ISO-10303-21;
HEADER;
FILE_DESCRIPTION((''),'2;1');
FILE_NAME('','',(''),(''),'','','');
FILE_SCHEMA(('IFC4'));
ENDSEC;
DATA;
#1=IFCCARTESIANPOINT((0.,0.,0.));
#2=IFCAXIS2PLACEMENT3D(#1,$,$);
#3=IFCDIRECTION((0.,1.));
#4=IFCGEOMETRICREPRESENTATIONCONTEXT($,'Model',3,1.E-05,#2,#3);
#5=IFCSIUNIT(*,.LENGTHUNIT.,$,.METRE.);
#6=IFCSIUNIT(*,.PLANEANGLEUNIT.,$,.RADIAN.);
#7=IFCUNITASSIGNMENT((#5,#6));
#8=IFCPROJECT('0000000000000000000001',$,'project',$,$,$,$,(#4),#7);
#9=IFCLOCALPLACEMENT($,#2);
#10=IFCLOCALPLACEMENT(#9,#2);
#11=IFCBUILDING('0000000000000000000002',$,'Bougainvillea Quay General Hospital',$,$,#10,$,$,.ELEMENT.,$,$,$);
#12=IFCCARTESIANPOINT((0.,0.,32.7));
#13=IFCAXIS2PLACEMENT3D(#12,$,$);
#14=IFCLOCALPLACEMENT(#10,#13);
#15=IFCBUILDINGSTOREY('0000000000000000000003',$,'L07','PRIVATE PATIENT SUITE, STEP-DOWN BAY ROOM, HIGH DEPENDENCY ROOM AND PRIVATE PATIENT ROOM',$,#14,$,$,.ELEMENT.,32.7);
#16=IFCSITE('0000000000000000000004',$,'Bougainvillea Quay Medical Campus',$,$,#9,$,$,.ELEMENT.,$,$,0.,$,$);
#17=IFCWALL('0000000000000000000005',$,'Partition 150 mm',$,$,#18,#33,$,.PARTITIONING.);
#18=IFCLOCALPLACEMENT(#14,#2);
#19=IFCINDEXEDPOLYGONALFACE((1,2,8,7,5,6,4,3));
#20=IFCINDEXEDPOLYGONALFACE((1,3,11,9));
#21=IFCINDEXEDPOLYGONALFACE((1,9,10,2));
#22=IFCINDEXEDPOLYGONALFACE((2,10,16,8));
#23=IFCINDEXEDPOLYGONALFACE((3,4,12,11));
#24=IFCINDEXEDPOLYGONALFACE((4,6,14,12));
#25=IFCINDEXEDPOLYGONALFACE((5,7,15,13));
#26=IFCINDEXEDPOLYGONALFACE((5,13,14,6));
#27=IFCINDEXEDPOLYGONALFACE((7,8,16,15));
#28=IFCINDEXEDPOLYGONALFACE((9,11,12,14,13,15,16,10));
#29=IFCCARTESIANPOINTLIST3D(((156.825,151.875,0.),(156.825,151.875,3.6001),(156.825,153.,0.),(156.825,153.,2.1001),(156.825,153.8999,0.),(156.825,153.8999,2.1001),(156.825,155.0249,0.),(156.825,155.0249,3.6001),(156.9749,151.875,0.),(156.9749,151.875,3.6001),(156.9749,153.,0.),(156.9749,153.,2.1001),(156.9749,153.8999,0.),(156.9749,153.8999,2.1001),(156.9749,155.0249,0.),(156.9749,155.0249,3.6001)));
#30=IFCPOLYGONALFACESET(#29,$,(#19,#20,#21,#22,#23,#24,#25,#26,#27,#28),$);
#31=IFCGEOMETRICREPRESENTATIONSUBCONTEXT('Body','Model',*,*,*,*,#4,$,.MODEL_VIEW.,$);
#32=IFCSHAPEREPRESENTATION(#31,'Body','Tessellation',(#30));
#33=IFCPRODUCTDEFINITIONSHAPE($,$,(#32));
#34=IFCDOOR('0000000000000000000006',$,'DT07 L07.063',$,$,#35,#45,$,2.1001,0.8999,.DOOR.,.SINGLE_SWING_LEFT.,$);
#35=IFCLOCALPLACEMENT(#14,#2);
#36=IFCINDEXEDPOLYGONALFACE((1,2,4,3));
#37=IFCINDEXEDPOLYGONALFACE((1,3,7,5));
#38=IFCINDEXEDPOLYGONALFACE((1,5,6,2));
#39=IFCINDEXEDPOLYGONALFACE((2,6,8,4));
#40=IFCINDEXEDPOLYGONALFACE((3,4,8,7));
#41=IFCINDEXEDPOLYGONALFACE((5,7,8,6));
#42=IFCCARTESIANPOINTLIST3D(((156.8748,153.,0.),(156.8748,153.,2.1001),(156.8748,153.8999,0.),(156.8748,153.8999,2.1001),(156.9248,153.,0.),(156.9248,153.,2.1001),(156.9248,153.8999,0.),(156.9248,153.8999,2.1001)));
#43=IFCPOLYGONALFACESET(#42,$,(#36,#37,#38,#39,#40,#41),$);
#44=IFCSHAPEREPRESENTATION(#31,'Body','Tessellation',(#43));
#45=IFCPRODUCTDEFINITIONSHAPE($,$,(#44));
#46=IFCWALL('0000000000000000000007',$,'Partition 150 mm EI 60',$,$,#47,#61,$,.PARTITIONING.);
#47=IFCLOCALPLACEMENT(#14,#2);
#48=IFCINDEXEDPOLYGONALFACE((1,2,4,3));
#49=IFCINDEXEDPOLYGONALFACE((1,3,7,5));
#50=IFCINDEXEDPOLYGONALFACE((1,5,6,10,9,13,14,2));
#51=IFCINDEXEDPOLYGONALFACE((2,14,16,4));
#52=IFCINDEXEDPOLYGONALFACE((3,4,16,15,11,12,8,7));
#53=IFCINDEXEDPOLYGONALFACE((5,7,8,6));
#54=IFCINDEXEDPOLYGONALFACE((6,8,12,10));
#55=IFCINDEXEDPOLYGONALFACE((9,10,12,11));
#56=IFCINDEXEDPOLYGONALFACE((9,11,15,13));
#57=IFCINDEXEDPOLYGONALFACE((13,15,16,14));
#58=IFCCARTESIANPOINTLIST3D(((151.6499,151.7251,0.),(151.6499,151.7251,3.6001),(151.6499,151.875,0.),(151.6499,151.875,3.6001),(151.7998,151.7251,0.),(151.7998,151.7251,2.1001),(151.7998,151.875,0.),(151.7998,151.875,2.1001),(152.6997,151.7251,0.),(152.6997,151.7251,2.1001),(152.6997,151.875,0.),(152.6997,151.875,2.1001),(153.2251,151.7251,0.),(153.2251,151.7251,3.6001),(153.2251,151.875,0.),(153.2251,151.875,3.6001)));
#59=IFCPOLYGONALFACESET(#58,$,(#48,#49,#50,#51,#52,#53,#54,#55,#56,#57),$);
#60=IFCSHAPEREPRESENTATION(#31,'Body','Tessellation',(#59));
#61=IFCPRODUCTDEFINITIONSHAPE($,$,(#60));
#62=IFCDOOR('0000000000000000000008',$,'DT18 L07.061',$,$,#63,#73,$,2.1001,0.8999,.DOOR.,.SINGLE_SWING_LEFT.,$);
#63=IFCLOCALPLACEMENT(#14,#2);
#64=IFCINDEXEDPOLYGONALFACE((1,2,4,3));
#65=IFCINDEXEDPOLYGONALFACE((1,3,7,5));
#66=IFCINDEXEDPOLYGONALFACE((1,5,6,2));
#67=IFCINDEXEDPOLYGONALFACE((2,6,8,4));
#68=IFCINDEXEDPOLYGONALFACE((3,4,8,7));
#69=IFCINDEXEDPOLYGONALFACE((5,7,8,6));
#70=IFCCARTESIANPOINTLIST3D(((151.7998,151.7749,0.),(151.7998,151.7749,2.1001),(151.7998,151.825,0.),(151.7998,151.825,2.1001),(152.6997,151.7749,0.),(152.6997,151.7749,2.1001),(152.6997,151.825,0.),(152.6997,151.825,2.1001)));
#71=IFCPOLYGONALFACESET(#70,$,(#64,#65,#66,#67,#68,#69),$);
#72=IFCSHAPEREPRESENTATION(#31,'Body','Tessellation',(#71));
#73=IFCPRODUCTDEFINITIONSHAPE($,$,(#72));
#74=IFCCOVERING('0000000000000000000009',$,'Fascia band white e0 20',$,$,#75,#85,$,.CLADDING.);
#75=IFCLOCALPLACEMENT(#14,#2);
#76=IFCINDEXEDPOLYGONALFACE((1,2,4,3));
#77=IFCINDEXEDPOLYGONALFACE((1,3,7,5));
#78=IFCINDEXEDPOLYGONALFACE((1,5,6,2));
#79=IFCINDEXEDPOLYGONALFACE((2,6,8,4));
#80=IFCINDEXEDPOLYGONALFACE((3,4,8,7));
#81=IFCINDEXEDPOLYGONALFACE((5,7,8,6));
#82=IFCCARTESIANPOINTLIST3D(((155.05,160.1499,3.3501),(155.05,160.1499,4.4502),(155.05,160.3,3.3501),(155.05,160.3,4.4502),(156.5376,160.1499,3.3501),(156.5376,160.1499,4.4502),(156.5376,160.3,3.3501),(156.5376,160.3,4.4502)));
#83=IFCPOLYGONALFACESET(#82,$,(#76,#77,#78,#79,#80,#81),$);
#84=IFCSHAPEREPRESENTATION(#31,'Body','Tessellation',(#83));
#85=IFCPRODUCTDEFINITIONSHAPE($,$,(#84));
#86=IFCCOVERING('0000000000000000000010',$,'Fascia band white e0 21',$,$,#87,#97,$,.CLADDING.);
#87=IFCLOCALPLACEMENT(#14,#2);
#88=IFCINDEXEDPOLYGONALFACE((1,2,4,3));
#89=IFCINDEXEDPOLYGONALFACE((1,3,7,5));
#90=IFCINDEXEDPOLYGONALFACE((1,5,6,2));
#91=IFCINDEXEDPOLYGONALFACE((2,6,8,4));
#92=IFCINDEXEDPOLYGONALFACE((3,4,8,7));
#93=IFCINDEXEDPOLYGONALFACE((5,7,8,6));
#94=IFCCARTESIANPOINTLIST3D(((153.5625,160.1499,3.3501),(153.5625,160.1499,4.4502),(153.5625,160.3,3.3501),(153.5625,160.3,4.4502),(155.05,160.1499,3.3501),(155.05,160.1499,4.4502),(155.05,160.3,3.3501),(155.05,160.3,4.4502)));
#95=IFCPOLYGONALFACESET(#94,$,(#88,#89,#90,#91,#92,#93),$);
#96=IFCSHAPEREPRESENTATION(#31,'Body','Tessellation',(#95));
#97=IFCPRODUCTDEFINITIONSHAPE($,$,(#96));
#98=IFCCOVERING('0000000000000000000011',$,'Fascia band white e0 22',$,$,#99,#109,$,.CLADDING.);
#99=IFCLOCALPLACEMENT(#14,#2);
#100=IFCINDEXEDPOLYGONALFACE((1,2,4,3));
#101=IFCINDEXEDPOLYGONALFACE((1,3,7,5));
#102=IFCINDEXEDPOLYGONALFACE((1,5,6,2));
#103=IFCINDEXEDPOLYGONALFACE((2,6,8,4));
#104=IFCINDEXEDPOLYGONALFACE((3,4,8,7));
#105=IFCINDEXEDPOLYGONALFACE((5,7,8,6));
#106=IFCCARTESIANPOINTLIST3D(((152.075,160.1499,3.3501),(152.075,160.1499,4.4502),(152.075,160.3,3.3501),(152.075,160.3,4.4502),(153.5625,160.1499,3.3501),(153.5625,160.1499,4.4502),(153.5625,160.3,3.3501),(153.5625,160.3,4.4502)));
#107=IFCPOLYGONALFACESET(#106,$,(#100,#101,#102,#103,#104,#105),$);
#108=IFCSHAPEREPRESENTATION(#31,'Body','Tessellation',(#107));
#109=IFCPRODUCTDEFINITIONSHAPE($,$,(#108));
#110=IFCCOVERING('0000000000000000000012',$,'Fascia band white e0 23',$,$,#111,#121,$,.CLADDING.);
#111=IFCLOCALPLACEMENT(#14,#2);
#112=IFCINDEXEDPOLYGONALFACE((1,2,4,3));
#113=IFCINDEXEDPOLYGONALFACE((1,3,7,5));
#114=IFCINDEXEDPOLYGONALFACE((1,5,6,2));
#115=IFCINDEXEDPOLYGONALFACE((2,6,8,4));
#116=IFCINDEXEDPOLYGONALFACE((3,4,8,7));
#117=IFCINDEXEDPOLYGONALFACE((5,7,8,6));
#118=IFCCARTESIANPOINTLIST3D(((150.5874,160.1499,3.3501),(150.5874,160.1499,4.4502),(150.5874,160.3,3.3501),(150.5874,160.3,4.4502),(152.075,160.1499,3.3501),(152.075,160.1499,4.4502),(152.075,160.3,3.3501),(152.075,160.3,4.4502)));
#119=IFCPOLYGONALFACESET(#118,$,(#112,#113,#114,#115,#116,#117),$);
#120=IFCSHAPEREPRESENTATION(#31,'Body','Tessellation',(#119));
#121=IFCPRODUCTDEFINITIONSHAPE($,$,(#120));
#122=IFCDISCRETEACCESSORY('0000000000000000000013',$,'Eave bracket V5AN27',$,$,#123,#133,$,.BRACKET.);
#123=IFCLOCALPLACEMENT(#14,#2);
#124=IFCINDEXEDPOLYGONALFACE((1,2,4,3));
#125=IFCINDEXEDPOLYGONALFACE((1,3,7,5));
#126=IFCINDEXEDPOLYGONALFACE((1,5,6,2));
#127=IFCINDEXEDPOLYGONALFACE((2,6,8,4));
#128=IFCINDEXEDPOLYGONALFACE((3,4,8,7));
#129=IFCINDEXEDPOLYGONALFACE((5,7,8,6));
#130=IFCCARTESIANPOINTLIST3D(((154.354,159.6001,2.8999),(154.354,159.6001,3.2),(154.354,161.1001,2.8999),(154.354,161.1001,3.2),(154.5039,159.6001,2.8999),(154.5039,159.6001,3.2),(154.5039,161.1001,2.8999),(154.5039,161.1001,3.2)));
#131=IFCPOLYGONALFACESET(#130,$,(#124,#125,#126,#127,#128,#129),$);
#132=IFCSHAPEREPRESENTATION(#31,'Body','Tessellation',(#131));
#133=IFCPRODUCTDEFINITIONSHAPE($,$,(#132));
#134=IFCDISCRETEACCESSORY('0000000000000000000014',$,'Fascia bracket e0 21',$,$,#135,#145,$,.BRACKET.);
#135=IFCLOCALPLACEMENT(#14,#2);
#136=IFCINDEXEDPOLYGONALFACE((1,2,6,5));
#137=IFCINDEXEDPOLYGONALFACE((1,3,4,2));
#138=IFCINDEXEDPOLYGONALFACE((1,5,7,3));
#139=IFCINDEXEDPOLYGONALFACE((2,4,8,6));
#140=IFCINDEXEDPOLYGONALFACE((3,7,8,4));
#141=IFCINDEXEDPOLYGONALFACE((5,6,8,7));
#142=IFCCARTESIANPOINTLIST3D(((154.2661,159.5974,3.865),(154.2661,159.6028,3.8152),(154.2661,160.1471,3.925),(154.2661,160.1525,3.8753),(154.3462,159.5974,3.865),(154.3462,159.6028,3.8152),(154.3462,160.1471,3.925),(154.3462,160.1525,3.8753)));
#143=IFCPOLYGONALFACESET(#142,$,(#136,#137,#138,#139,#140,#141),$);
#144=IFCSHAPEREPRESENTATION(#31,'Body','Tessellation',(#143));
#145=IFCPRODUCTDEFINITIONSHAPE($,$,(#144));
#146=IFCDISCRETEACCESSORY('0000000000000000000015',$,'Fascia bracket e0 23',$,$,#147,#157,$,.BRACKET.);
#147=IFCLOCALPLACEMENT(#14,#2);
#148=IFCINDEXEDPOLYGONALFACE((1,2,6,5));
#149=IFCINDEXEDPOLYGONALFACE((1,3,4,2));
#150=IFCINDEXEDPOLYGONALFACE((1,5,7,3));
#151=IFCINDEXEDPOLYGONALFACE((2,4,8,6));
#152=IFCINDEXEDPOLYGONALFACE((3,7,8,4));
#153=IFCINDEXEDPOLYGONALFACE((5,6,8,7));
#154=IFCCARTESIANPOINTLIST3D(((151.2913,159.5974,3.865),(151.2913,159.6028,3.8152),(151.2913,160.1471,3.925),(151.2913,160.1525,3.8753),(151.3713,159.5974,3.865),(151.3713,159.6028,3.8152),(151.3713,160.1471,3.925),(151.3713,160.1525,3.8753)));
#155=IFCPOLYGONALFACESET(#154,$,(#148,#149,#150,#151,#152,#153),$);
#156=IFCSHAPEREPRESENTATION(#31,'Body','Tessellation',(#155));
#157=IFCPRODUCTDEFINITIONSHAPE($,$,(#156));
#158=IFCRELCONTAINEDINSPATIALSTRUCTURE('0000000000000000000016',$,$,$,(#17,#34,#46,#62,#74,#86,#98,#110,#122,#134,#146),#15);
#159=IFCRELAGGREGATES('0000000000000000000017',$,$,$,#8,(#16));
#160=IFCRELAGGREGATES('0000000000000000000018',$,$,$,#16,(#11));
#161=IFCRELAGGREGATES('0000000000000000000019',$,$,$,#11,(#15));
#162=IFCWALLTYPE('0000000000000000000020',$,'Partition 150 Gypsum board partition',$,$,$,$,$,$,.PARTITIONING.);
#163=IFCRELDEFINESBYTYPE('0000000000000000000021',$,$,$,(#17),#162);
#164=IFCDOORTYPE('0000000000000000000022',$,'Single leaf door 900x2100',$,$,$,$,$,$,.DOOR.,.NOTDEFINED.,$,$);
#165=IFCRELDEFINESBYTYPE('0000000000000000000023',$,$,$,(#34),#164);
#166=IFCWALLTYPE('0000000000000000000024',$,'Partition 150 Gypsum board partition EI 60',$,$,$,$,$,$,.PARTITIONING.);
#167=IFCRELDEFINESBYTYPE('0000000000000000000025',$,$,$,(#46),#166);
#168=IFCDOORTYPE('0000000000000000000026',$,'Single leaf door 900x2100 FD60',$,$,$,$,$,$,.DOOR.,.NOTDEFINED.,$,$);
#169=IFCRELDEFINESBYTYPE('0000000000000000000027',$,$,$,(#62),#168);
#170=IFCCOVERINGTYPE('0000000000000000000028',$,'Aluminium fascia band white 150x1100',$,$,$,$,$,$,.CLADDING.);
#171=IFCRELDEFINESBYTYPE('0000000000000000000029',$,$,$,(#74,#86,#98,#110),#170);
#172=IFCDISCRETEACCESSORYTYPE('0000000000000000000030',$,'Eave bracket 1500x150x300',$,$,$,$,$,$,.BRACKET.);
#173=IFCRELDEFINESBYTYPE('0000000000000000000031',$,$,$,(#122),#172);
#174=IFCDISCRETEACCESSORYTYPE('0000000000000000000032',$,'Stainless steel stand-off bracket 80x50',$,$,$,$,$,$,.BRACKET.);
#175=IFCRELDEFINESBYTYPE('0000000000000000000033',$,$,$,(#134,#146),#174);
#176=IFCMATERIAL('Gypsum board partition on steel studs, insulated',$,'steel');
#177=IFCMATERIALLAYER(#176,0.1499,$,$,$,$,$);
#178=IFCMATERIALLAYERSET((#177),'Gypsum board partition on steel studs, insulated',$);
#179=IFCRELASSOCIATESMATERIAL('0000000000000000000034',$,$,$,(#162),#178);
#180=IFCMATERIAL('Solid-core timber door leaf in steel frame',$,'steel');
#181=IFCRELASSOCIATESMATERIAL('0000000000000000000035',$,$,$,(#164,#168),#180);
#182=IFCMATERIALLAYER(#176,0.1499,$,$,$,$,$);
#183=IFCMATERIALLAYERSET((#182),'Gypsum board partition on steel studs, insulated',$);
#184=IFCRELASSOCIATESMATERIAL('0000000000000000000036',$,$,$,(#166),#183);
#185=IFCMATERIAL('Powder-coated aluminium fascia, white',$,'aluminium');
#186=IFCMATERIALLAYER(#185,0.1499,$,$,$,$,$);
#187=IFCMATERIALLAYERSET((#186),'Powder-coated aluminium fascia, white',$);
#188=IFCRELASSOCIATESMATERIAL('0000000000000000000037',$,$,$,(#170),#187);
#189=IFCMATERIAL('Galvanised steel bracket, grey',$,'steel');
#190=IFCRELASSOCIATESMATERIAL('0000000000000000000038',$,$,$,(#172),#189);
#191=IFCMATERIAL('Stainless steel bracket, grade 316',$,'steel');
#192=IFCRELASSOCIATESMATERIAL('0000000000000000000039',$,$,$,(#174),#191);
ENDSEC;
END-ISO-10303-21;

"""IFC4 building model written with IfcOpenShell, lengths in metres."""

from ifc_helpers import new_model, si_unit, direction, frame, frame_2d, origin, origin_2d, place, context, subcontext, project, spatial, polyline, rectangle, outline, extrude, material, layer, layer_set, material_profile, profile_set, type_object, element, fill, save


model = new_model("IFC4")

# Units and contexts
model_context = context("Model", 3, precision=1e-05, world=origin(), true_north=direction((0.0, 1.0)))
body_context = subcontext(model_context, "Body", "Model", "MODEL_VIEW")
ifc_project = project(units=[si_unit("LENGTHUNIT", "METRE"), si_unit("PLANEANGLEUNIT", "RADIAN")], contexts=[model_context])

# Site, building, storey
site_placement = place(None, origin())
site = spatial("IfcSite", under=ifc_project, at=site_placement, Name="Bougainvillea Quay Medical Campus", CompositionType="ELEMENT", RefElevation=0.0)
building_placement = place(site_placement, origin())
building = spatial("IfcBuilding", under=site, at=building_placement, Name="Bougainvillea Quay General Hospital", CompositionType="ELEMENT")
storey_placement = place(building_placement, frame((0.0, 0.0, 32.7)))
storey = spatial("IfcBuildingStorey", under=building, at=storey_placement, Name="L07", Description="PRIVATE PATIENT SUITE, STEP-DOWN BAY ROOM, HIGH DEPENDENCY ROOM AND PRIVATE PATIENT ROOM", CompositionType="ELEMENT", Elevation=32.7)

# Shared definitions
ifc_material_1 = material(Name="Gypsum board partition on steel studs, insulated", Category="steel")
ifc_layer_1 = layer(ifc_material_1, 0.1499)
ifc_layer_set_1 = layer_set([ifc_layer_1], Name="Gypsum board partition on steel studs, insulated")
wall_type_1 = type_object("IfcWallType", Name="Partition 150 Gypsum board partition", PredefinedType="PARTITIONING", material=ifc_layer_set_1)

# Walls, openings, doors
wall_1_placement = place(storey_placement, frame((156.8999, 151.875, 0.0), z_axis=(0.0, 0.0, 1.0), x_axis=(0.0, 1.0, 0.0)))
wall_1 = element("IfcWall", 1, at=wall_1_placement, inside=storey, type_object=wall_type_1, Name="Partition 150 mm", PredefinedType="PARTITIONING", context=body_context, shape_type="SweptSolid", body=[
    extrude(rectangle(XDim=3.1499, YDim=0.1499, at=frame_2d((1.575, 0.0))), origin(), (0.0, 0.0, 1.0), 3.6001),
])
opening_1_placement = place(wall_1_placement, frame((1.125, 0.0, 0.0)))
opening_1 = element("IfcOpeningElement", 2, at=opening_1_placement, cuts=wall_1, PredefinedType="OPENING", context=body_context, shape_type="SweptSolid", body=[
    extrude(rectangle(XDim=0.8999, YDim=2.1001, at=frame_2d((0.45, 1.05))), frame((0.0, 0.085, 0.0), z_axis=(0.0, -1.0, 0.0), x_axis=(1.0, 0.0, 0.0)), (0.0, 0.0, 1.0), 0.1699),
])
ifc_material_2 = material(Name="Solid-core timber door leaf in steel frame", Category="steel")
door_type_1 = type_object("IfcDoorType", Name="Single leaf door 900x2100", OperationType="NOTDEFINED", PredefinedType="DOOR", material=ifc_material_2)
door_1_placement = place(opening_1_placement, frame((0.8999, 0.0, 0.0), z_axis=(0.0, 0.0, 1.0), x_axis=(-1.0, 0.0, 0.0)))
door_1 = element("IfcDoor", 3, at=door_1_placement, inside=storey, type_object=door_type_1, Name="DT07 L07.063", OperationType="SINGLE_SWING_LEFT", OverallHeight=2.1001, OverallWidth=0.8999, PredefinedType="DOOR", context=body_context, shape_type="SweptSolid", body=[
    extrude(rectangle(XDim=0.8999, YDim=2.1001, at=frame_2d((0.45, 1.05))), frame((0.0, 0.0249, 0.0), z_axis=(0.0, -1.0, 0.0), x_axis=(1.0, 0.0, 0.0)), (0.0, 0.0, 1.0), 0.05),
])
fill(opening_1, door_1)
ifc_layer_2 = layer(ifc_material_1, 0.1499)
ifc_layer_set_2 = layer_set([ifc_layer_2], Name="Gypsum board partition on steel studs, insulated")
wall_type_2 = type_object("IfcWallType", Name="Partition 150 Gypsum board partition EI 60", PredefinedType="PARTITIONING", material=ifc_layer_set_2)
wall_2_placement = place(storey_placement, frame((151.6499, 151.8, 0.0), z_axis=(0.0, 0.0, 1.0), x_axis=(1.0, 0.0, 0.0)))
wall_2 = element("IfcWall", 4, at=wall_2_placement, inside=storey, type_object=wall_type_2, Name="Partition 150 mm EI 60", PredefinedType="PARTITIONING", context=body_context, shape_type="SweptSolid", body=[
    extrude(rectangle(XDim=1.5752, YDim=0.1499, at=frame_2d((0.7876, 0.0))), origin(), (0.0, 0.0, 1.0), 3.6001),
])
opening_2_placement = place(wall_2_placement, frame((0.1499, 0.0, 0.0)))
opening_2 = element("IfcOpeningElement", 5, at=opening_2_placement, cuts=wall_2, PredefinedType="OPENING", context=body_context, shape_type="SweptSolid", body=[
    extrude(rectangle(XDim=0.8999, YDim=2.1001, at=frame_2d((0.45, 1.05))), frame((0.0, 0.085, 0.0), z_axis=(0.0, -1.0, 0.0), x_axis=(1.0, 0.0, 0.0)), (0.0, 0.0, 1.0), 0.1699),
])
door_type_2 = type_object("IfcDoorType", Name="Single leaf door 900x2100 FD60", OperationType="NOTDEFINED", PredefinedType="DOOR", material=ifc_material_2)
door_2_placement = place(opening_2_placement, origin())
door_2 = element("IfcDoor", 6, at=door_2_placement, inside=storey, type_object=door_type_2, Name="DT18 L07.061", OperationType="SINGLE_SWING_LEFT", OverallHeight=2.1001, OverallWidth=0.8999, PredefinedType="DOOR", context=body_context, shape_type="SweptSolid", body=[
    extrude(rectangle(XDim=0.8999, YDim=2.1001, at=frame_2d((0.45, 1.05))), frame((0.0, 0.0249, 0.0), z_axis=(0.0, -1.0, 0.0), x_axis=(1.0, 0.0, 0.0)), (0.0, 0.0, 1.0), 0.05),
])
fill(opening_2, door_2)

# Coverings
ifc_material_3 = material(Name="Powder-coated aluminium fascia, white", Category="aluminium")
ifc_layer_3 = layer(ifc_material_3, 0.1499)
ifc_layer_set_3 = layer_set([ifc_layer_3], Name="Powder-coated aluminium fascia, white")
covering_type = type_object("IfcCoveringType", Name="Aluminium fascia band white 150x1100", PredefinedType="CLADDING", material=ifc_layer_set_3)
for number, where, z_axis, x_axis, name in (
    (7, (156.5376, 160.1499, 3.3501), (0.0, 0.0, 1.0), (-1.0, 0.0, 0.0), "Fascia band white e0 20"),
    (8, (155.05, 160.1499, 3.3501), (0.0, 0.0, 1.0), (-1.0, 0.0, 0.0), "Fascia band white e0 21"),
    (9, (153.5625, 160.1499, 3.3501), (0.0, 0.0, 1.0), (-1.0, 0.0, 0.0), "Fascia band white e0 22"),
    (10, (152.075, 160.1499, 3.3501), (0.0, 0.0, 1.0), (-1.0, 0.0, 0.0), "Fascia band white e0 23"),
):
    element("IfcCovering", number, at=place(storey_placement, frame(where, z_axis=z_axis, x_axis=x_axis)), inside=storey, type_object=covering_type, Name=name, PredefinedType="CLADDING", context=body_context, shape_type="SweptSolid", body=[
        extrude(outline(polyline([(0.0, 0.0), (1.4875, 0.0), (1.4875, -0.1501), (0.0, -0.1501), (0.0, 0.0)])), origin(), (0.0, 0.0, 1.0), 1.1001),
    ])

# Discrete accessories
ifc_material_4 = material(Name="Galvanised steel bracket, grey", Category="steel")
discrete_accessory_type_1 = type_object("IfcDiscreteAccessoryType", Name="Eave bracket 1500x150x300", PredefinedType="BRACKET", material=ifc_material_4)
discrete_accessory_placement = place(storey_placement, frame((154.429, 160.3501, 2.8999), z_axis=(0.0, 0.0, 1.0), x_axis=(1.0, 0.0, 0.0)))
element("IfcDiscreteAccessory", 11, at=discrete_accessory_placement, inside=storey, type_object=discrete_accessory_type_1, Name="Eave bracket V5AN27", PredefinedType="BRACKET", context=body_context, shape_type="SweptSolid", body=[
    extrude(rectangle(XDim=0.1499, YDim=1.5, at=origin_2d()), origin(), (0.0, 0.0, 1.0), 0.3),
])
ifc_material_5 = material(Name="Stainless steel bracket, grade 316", Category="steel")
ifc_material_profile_1 = material_profile(ifc_material_5, rectangle(XDim=0.0801, YDim=0.05, at=origin_2d()))
ifc_profile_set_1 = profile_set([ifc_material_profile_1], Name="Stainless steel bracket, grade 316")
discrete_accessory_type_2 = type_object("IfcDiscreteAccessoryType", Name="Stainless steel stand-off bracket 80x50", PredefinedType="BRACKET", material=ifc_profile_set_1)
for number, where, z_axis, x_axis, name in (
    (12, (154.3062, 159.6001, 3.8401), (0.0, 0.994087, 0.10859), (-1.0, 0.0, 0.0), "Fascia bracket e0 21"),
    (13, (151.3313, 159.6001, 3.8401), (0.0, 0.994087, 0.10859), (-1.0, 0.0, 0.0), "Fascia bracket e0 23"),
):
    element("IfcDiscreteAccessory", number, at=place(storey_placement, frame(where, z_axis=z_axis, x_axis=x_axis)), inside=storey, type_object=discrete_accessory_type_2, Name=name, PredefinedType="BRACKET", context=body_context, shape_type="SweptSolid", body=[
        extrude(rectangle(XDim=0.0801, YDim=0.05, at=origin_2d()), origin(), (0.0, 0.0, 1.0), 0.553),
    ])

save(model, "model.ifc")
